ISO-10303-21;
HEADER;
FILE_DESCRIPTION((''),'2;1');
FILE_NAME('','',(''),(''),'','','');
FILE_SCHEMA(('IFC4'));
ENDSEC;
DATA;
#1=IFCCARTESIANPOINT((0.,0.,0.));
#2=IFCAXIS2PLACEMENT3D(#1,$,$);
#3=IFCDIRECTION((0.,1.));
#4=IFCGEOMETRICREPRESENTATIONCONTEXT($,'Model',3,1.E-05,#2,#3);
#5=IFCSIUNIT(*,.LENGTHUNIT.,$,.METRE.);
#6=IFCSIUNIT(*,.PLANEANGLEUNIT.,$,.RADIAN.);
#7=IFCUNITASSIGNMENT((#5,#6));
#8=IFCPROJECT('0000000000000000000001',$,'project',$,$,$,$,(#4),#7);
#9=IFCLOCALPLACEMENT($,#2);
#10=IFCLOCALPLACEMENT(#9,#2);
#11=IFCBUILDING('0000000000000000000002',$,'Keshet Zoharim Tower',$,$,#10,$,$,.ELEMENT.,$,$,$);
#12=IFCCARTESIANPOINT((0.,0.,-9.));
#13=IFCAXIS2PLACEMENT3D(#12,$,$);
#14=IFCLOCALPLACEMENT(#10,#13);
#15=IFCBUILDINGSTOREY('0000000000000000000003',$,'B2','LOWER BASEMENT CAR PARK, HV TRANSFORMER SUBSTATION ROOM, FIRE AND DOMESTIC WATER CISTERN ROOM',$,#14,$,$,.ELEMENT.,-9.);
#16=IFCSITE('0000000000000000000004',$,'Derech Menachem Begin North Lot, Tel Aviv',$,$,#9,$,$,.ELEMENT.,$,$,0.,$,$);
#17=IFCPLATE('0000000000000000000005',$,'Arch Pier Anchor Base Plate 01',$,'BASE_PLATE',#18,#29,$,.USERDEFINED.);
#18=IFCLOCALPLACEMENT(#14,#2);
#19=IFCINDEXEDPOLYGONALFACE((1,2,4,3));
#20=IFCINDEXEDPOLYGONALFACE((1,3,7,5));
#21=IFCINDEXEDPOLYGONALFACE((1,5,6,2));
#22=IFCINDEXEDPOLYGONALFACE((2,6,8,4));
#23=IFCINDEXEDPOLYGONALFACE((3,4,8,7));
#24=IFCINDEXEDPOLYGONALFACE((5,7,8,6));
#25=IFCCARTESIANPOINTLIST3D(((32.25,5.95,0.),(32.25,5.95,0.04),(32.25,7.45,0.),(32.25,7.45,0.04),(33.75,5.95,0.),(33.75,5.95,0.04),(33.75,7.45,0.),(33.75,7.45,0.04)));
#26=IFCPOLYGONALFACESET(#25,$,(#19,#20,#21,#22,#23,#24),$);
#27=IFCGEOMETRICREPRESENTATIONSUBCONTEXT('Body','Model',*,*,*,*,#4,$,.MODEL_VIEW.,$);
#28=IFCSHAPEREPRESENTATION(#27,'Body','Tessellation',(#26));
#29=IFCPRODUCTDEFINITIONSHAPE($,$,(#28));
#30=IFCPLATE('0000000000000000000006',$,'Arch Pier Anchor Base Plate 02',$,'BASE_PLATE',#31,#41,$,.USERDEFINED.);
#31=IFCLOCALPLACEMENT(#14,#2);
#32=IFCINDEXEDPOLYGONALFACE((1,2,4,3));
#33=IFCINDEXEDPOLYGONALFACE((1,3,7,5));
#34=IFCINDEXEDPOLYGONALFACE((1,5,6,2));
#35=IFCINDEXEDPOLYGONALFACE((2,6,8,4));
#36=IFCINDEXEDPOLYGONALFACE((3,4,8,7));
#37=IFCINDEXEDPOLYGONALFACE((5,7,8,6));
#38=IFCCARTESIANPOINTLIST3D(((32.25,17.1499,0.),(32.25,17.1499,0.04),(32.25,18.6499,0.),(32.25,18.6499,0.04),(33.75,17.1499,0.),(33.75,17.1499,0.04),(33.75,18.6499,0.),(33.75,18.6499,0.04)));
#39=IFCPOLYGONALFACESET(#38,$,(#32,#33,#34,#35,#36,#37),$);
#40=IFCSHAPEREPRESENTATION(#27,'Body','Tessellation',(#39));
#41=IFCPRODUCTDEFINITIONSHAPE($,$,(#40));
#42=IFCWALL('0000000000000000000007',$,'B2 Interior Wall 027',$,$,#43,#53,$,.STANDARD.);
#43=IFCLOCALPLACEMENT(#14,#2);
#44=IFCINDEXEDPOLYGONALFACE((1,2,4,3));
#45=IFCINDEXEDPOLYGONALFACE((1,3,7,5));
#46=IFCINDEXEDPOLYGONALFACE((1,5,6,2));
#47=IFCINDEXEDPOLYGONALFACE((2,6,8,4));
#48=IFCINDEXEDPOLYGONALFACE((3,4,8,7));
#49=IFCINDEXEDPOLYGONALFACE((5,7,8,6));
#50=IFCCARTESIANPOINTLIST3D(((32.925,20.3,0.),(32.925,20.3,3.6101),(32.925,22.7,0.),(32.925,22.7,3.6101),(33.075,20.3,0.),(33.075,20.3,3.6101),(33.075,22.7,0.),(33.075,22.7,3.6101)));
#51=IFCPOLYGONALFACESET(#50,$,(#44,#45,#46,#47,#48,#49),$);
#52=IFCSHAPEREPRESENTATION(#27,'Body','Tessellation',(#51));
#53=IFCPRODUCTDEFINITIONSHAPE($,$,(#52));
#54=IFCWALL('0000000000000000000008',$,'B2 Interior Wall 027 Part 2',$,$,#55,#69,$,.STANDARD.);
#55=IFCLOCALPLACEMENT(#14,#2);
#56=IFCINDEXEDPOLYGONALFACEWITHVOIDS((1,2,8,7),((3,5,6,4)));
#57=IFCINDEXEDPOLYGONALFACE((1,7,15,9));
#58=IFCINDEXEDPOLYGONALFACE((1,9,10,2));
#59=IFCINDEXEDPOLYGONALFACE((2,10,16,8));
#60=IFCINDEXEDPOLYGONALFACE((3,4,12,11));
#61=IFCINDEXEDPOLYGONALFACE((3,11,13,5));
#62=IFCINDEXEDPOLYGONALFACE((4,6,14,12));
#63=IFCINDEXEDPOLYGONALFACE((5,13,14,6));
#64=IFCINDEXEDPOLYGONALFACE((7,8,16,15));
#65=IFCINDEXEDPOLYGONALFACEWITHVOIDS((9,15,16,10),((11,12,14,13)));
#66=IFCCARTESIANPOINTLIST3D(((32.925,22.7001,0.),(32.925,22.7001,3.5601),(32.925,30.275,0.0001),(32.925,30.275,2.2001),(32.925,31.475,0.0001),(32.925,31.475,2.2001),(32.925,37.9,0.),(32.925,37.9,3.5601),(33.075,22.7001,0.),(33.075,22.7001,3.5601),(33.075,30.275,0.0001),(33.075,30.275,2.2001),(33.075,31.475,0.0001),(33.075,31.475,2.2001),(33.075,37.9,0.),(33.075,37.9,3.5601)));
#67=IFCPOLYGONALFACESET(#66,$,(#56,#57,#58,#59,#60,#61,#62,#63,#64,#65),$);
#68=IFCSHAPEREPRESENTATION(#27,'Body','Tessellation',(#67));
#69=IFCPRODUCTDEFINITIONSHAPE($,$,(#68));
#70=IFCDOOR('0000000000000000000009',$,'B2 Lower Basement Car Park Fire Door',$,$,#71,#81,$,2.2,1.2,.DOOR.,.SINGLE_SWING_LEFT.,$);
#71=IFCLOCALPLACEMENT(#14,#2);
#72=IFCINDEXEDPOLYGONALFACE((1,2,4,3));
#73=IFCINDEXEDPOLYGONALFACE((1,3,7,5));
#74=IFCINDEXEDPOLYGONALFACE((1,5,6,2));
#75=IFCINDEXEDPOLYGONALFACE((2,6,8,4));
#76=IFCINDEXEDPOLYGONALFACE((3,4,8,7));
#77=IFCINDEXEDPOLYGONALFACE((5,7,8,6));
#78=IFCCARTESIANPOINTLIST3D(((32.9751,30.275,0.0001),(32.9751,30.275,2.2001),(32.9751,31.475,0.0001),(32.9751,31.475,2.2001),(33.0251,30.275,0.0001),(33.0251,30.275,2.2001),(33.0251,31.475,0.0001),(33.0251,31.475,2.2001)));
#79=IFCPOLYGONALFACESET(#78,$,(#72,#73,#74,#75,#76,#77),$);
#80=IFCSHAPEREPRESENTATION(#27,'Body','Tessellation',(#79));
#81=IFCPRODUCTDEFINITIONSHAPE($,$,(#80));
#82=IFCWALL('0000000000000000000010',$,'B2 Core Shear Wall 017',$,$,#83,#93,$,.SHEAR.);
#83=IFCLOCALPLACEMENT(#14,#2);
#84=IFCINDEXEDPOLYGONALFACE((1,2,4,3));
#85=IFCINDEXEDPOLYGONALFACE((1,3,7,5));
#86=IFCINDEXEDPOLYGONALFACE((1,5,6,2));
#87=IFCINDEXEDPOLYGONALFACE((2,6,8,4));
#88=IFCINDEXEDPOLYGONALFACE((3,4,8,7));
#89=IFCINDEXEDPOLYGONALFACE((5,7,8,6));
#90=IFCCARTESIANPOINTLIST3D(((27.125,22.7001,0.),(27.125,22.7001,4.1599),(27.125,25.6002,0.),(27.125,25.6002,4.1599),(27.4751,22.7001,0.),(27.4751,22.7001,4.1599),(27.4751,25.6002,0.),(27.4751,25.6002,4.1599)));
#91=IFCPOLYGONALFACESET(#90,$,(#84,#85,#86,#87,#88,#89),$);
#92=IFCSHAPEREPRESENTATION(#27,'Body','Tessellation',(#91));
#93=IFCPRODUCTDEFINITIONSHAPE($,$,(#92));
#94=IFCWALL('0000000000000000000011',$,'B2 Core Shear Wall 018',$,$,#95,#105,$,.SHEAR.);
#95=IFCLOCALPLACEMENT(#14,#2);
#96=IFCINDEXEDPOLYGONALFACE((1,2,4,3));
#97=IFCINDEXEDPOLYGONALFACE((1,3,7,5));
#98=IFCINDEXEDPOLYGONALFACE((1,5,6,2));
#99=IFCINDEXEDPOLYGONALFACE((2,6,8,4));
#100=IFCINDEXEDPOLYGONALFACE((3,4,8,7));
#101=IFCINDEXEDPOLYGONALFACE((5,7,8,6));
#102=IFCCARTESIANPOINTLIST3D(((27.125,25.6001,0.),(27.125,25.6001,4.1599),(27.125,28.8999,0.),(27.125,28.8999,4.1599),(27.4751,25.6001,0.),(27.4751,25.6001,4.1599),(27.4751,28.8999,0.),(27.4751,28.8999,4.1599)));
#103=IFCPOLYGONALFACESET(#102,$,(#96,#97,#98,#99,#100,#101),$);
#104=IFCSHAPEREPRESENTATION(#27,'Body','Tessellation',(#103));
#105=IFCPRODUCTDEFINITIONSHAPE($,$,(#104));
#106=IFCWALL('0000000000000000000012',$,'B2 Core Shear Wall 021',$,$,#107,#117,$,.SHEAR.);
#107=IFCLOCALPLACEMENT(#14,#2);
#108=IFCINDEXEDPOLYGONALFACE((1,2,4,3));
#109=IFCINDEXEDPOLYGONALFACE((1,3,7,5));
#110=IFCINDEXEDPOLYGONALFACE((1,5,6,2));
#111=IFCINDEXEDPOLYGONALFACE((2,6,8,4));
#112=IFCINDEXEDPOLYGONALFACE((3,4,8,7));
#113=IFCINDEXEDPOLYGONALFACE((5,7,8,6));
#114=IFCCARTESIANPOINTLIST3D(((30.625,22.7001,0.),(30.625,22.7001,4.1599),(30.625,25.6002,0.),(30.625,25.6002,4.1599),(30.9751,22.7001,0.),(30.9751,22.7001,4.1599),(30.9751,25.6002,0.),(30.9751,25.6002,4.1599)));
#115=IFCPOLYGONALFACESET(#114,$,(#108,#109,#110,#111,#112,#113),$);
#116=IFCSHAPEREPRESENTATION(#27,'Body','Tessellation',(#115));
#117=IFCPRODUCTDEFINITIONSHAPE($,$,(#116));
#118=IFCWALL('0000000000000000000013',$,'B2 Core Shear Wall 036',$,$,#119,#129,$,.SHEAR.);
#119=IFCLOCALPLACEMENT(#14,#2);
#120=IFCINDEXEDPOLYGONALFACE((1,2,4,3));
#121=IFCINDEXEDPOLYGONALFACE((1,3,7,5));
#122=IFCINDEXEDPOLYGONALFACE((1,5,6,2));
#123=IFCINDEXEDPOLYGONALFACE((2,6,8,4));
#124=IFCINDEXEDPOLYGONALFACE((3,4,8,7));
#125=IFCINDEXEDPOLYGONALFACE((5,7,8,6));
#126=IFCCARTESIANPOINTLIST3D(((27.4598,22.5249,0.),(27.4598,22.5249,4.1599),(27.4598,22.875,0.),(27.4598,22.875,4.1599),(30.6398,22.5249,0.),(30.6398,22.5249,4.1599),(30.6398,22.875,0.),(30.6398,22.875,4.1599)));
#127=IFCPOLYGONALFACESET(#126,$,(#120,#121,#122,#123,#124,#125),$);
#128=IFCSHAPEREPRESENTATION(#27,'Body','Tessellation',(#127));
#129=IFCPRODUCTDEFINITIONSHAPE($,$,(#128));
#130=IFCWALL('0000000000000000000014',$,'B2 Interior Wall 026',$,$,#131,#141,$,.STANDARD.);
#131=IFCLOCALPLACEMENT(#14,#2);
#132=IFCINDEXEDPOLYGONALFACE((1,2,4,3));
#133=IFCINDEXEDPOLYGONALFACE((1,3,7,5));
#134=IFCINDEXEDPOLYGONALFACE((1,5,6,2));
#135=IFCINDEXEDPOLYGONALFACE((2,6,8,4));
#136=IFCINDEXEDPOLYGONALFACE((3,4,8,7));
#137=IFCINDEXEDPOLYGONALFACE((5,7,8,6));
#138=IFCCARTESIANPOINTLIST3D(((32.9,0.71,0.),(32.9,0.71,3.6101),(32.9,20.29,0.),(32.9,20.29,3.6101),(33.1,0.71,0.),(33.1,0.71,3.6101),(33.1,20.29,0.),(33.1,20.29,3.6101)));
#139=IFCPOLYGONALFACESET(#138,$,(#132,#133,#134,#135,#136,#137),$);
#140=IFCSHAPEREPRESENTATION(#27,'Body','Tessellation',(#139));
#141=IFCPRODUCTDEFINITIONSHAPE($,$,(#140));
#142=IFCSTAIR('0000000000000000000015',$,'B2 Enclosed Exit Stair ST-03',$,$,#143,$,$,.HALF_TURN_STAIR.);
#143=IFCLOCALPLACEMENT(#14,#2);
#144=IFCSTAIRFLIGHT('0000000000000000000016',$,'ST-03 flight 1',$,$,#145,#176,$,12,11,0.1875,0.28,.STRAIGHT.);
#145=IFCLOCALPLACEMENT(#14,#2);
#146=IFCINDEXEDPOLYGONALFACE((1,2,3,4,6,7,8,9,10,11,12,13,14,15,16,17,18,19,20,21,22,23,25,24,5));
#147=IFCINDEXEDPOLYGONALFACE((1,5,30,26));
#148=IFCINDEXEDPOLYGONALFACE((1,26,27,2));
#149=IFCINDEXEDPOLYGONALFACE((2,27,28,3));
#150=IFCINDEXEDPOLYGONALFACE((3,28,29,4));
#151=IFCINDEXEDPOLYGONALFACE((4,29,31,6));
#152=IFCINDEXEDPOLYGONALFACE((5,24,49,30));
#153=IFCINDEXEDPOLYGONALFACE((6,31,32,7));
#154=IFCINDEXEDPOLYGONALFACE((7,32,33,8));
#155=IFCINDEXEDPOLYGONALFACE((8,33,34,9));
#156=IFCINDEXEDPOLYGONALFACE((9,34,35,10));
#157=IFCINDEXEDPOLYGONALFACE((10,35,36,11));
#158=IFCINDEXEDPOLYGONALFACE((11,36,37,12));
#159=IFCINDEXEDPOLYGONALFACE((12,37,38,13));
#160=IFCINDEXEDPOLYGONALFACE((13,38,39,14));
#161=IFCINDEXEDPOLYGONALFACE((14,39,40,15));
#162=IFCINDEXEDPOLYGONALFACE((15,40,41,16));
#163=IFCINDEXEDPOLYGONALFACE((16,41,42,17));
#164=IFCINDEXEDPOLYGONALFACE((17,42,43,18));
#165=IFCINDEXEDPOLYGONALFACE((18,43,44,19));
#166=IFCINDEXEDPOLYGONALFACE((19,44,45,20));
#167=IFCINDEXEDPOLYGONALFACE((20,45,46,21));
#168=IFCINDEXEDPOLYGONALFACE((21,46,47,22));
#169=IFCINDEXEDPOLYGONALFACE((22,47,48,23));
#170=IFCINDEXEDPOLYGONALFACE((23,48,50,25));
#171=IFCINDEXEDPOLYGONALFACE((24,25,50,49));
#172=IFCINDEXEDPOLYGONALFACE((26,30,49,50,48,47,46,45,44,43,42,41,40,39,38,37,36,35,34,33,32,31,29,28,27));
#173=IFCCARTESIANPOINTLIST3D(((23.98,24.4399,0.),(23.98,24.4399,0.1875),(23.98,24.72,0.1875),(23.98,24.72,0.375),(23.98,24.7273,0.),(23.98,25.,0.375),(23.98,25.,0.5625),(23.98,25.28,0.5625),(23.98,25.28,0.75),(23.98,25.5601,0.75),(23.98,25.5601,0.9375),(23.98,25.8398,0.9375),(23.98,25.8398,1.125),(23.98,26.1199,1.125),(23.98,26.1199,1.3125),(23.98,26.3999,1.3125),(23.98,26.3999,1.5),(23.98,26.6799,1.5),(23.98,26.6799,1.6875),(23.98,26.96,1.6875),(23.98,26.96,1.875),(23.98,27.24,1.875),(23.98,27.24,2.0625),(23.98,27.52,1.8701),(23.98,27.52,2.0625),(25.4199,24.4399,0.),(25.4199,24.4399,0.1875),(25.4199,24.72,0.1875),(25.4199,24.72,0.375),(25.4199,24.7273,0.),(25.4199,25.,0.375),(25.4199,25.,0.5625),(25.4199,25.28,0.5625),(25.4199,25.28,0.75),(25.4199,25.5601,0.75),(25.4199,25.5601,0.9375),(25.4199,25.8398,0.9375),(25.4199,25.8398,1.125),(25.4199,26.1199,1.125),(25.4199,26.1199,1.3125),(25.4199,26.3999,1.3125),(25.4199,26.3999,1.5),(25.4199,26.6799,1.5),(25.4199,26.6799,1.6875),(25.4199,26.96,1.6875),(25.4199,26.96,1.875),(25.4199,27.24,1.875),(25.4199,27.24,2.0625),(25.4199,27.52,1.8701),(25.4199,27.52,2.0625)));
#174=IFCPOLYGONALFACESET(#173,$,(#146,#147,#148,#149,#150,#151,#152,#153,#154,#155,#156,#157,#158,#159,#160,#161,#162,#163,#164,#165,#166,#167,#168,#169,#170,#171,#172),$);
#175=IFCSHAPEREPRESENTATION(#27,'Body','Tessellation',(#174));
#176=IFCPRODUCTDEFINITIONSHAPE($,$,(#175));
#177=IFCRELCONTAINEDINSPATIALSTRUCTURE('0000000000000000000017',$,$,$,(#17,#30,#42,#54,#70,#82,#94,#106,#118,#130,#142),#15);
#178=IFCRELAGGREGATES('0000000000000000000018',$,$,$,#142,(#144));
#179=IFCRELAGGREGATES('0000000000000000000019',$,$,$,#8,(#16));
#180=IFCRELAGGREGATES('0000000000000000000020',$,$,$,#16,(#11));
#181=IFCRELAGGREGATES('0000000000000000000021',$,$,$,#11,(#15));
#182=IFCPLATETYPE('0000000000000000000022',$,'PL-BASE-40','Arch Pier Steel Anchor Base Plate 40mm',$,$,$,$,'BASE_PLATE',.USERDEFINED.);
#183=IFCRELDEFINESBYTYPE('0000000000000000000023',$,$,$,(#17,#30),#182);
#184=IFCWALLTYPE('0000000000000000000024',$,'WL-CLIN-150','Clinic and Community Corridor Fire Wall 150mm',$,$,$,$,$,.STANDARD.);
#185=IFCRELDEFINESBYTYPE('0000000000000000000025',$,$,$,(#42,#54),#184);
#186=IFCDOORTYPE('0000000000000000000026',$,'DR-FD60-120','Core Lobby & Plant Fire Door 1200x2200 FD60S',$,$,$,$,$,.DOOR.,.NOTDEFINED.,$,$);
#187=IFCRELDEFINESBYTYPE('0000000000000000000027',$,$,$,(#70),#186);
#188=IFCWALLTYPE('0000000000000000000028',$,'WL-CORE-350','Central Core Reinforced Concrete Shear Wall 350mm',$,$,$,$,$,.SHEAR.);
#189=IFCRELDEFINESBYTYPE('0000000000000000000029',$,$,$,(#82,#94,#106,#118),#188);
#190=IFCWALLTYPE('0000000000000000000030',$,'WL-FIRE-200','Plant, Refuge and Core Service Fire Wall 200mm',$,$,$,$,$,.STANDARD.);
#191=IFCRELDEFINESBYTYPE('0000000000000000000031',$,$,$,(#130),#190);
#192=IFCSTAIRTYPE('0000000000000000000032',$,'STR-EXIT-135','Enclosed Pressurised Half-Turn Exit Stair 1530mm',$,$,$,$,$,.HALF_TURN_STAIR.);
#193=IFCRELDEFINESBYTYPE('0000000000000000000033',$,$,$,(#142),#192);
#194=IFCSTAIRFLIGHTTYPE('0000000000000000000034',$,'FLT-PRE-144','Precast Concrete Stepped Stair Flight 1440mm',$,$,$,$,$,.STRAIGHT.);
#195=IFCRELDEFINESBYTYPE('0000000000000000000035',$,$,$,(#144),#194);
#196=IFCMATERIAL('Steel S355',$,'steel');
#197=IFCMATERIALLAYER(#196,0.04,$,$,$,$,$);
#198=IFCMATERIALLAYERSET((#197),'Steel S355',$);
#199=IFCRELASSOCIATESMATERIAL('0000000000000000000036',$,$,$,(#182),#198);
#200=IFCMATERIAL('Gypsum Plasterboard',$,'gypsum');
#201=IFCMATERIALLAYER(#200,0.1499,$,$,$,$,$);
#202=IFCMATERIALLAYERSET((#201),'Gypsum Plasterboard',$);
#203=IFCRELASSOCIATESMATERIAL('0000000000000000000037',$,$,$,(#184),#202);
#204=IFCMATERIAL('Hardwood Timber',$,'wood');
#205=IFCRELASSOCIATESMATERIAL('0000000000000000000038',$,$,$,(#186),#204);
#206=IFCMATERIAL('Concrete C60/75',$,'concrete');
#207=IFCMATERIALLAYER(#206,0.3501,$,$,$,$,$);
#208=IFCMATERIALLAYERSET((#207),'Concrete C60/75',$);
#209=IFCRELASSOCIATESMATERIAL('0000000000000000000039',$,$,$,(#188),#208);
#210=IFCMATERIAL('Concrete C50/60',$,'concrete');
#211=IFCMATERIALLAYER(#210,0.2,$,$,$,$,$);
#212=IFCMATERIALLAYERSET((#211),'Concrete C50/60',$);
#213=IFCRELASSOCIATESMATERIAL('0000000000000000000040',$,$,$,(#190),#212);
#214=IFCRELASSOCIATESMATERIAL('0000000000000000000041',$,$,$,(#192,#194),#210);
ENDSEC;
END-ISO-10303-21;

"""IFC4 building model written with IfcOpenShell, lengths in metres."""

from ifc_helpers import new_model, si_unit, direction, frame, frame_2d, origin, origin_2d, place, context, subcontext, project, spatial, polyline, rectangle, outline, extrude, material, layer, layer_set, type_object, element, fill, aggregate, save


model = new_model("IFC4")

# Units and contexts
model_context = context("Model", 3, precision=1e-05, world=origin(), true_north=direction((0.0, 1.0)))
body_context = subcontext(model_context, "Body", "Model", "MODEL_VIEW")
ifc_project = project(units=[si_unit("LENGTHUNIT", "METRE"), si_unit("PLANEANGLEUNIT", "RADIAN")], contexts=[model_context])

# Site, building, storey
site_placement = place(None, origin())
site = spatial("IfcSite", under=ifc_project, at=site_placement, Name="Derech Menachem Begin North Lot, Tel Aviv", CompositionType="ELEMENT", RefElevation=0.0)
building_placement = place(site_placement, origin())
building = spatial("IfcBuilding", under=site, at=building_placement, Name="Keshet Zoharim Tower", CompositionType="ELEMENT")
storey_placement = place(building_placement, frame((0.0, 0.0, -9.0)))
storey = spatial("IfcBuildingStorey", under=building, at=storey_placement, Name="B2", Description="LOWER BASEMENT CAR PARK, HV TRANSFORMER SUBSTATION ROOM, FIRE AND DOMESTIC WATER CISTERN ROOM", CompositionType="ELEMENT", Elevation=-9.0)

# Shared definitions
ifc_material_1 = material(Name="Concrete C50/60", Category="concrete")

# Shared definitions
ifc_material_2 = material(Name="Concrete C60/75", Category="concrete")

# Shared definitions
ifc_material_3 = material(Name="Steel S355", Category="steel")

# Plates
ifc_layer_1 = layer(ifc_material_3, 0.04)
ifc_layer_set_1 = layer_set([ifc_layer_1], Name="Steel S355")
plate_type = type_object("IfcPlateType", Name="PL-BASE-40", Description="Arch Pier Steel Anchor Base Plate 40mm", ElementType="BASE_PLATE", PredefinedType="USERDEFINED", material=ifc_layer_set_1)
for number, where, z_axis, x_axis, name in (
    (1, (33.0, 6.7, 0.0), (0.0, 0.0, 1.0), (1.0, 0.0, 0.0), "Arch Pier Anchor Base Plate 01"),
    (2, (33.0, 17.8999, 0.0), (0.0, 0.0, 1.0), (1.0, 0.0, 0.0), "Arch Pier Anchor Base Plate 02"),
):
    element("IfcPlate", number, at=place(storey_placement, frame(where, z_axis=z_axis, x_axis=x_axis)), inside=storey, type_object=plate_type, Name=name, ObjectType="BASE_PLATE", PredefinedType="USERDEFINED", context=body_context, shape_type="SweptSolid", body=[
        extrude(rectangle(XDim=1.5, YDim=1.5, at=origin_2d()), origin(), (0.0, 0.0, 1.0), 0.04),
    ])

# Wall
ifc_material_4 = material(Name="Gypsum Plasterboard", Category="gypsum")
ifc_layer_2 = layer(ifc_material_4, 0.1499)
ifc_layer_set_2 = layer_set([ifc_layer_2], Name="Gypsum Plasterboard")
wall_type_1 = type_object("IfcWallType", Name="WL-CLIN-150", Description="Clinic and Community Corridor Fire Wall 150mm", PredefinedType="STANDARD", material=ifc_layer_set_2)
wall_1_placement = place(storey_placement, frame((33.0, 20.3, 0.0), z_axis=(0.0, 0.0, 1.0), x_axis=(0.0, 1.0, 0.0)))
element("IfcWall", 3, at=wall_1_placement, inside=storey, type_object=wall_type_1, Name="B2 Interior Wall 027", PredefinedType="STANDARD", context=body_context, shape_type="SweptSolid", body=[
    extrude(rectangle(XDim=2.3999, YDim=0.1499, at=frame_2d((1.2, 0.0))), origin(), (0.0, 0.0, 1.0), 3.6101),
])

# Wall, opening, door
wall_2_placement = place(storey_placement, frame((33.0, 22.7, 0.0), z_axis=(0.0, 0.0, 1.0), x_axis=(0.0, 1.0, 0.0)))
wall_2 = element("IfcWall", 4, at=wall_2_placement, inside=storey, type_object=wall_type_1, Name="B2 Interior Wall 027 Part 2", PredefinedType="STANDARD", context=body_context, shape_type="SweptSolid", body=[
    extrude(rectangle(XDim=15.2, YDim=0.1499, at=frame_2d((7.6001, 0.0))), origin(), (0.0, 0.0, 1.0), 3.5601),
])
opening_placement = place(wall_2_placement, frame((7.575, 0.0, 0.0)))
opening = element("IfcOpeningElement", 5, at=opening_placement, cuts=wall_2, PredefinedType="OPENING", context=body_context, shape_type="SweptSolid", body=[
    extrude(rectangle(XDim=1.2, YDim=2.2, at=frame_2d((0.6001, 1.1001))), frame((0.0, 0.085, 0.0), z_axis=(0.0, -1.0, 0.0), x_axis=(1.0, 0.0, 0.0)), (0.0, 0.0, 1.0), 0.1699),
])
ifc_material_5 = material(Name="Hardwood Timber", Category="wood")
door_type = type_object("IfcDoorType", Name="DR-FD60-120", Description="Core Lobby & Plant Fire Door 1200x2200 FD60S", OperationType="NOTDEFINED", PredefinedType="DOOR", material=ifc_material_5)
door_placement = place(opening_placement, origin())
door = element("IfcDoor", 6, at=door_placement, inside=storey, type_object=door_type, Name="B2 Lower Basement Car Park Fire Door", OperationType="SINGLE_SWING_LEFT", OverallHeight=2.2, OverallWidth=1.2, PredefinedType="DOOR", context=body_context, shape_type="SweptSolid", body=[
    extrude(rectangle(XDim=1.2, YDim=2.2, at=frame_2d((0.6001, 1.1001))), frame((0.0, 0.0249, 0.0), z_axis=(0.0, -1.0, 0.0), x_axis=(1.0, 0.0, 0.0)), (0.0, 0.0, 1.0), 0.05),
])
fill(opening, door)

# Walls
ifc_layer_3 = layer(ifc_material_2, 0.3501)
ifc_layer_set_3 = layer_set([ifc_layer_3], Name="Concrete C60/75")
wall_type_2 = type_object("IfcWallType", Name="WL-CORE-350", Description="Central Core Reinforced Concrete Shear Wall 350mm", PredefinedType="SHEAR", material=ifc_layer_set_3)
wall_3_placement = place(storey_placement, frame((27.3, 22.7, 0.0), z_axis=(0.0, 0.0, 1.0), x_axis=(0.0, 1.0, 0.0)))
element("IfcWall", 7, at=wall_3_placement, inside=storey, type_object=wall_type_2, Name="B2 Core Shear Wall 017", PredefinedType="SHEAR", context=body_context, shape_type="SweptSolid", body=[
    extrude(rectangle(XDim=2.9001, YDim=0.3501, at=frame_2d((1.4502, 0.0))), origin(), (0.0, 0.0, 1.0), 4.1599),
])
wall_4_placement = place(storey_placement, frame((27.3, 25.6001, 0.0), z_axis=(0.0, 0.0, 1.0), x_axis=(0.0, 1.0, 0.0)))
element("IfcWall", 8, at=wall_4_placement, inside=storey, type_object=wall_type_2, Name="B2 Core Shear Wall 018", PredefinedType="SHEAR", context=body_context, shape_type="SweptSolid", body=[
    extrude(rectangle(XDim=3.2998, YDim=0.3501, at=frame_2d((1.6499, 0.0))), origin(), (0.0, 0.0, 1.0), 4.1599),
])
wall_5_placement = place(storey_placement, frame((30.8, 22.7, 0.0), z_axis=(0.0, 0.0, 1.0), x_axis=(0.0, 1.0, 0.0)))
element("IfcWall", 9, at=wall_5_placement, inside=storey, type_object=wall_type_2, Name="B2 Core Shear Wall 021", PredefinedType="SHEAR", context=body_context, shape_type="SweptSolid", body=[
    extrude(rectangle(XDim=2.9001, YDim=0.3501, at=frame_2d((1.4502, 0.0))), origin(), (0.0, 0.0, 1.0), 4.1599),
])
wall_6_placement = place(storey_placement, frame((27.46, 22.7, 0.0), z_axis=(0.0, 0.0, 1.0), x_axis=(1.0, 0.0, 0.0)))
element("IfcWall", 10, at=wall_6_placement, inside=storey, type_object=wall_type_2, Name="B2 Core Shear Wall 036", PredefinedType="SHEAR", context=body_context, shape_type="SweptSolid", body=[
    extrude(rectangle(XDim=3.1799, YDim=0.3501, at=frame_2d((1.5898, 0.0))), origin(), (0.0, 0.0, 1.0), 4.1599),
])
ifc_layer_4 = layer(ifc_material_1, 0.2)
ifc_layer_set_4 = layer_set([ifc_layer_4], Name="Concrete C50/60")
wall_type_3 = type_object("IfcWallType", Name="WL-FIRE-200", Description="Plant, Refuge and Core Service Fire Wall 200mm", PredefinedType="STANDARD", material=ifc_layer_set_4)
wall_7_placement = place(storey_placement, frame((33.0, 0.71, 0.0), z_axis=(0.0, 0.0, 1.0), x_axis=(0.0, 1.0, 0.0)))
element("IfcWall", 11, at=wall_7_placement, inside=storey, type_object=wall_type_3, Name="B2 Interior Wall 026", PredefinedType="STANDARD", context=body_context, shape_type="SweptSolid", body=[
    extrude(rectangle(XDim=19.5801, YDim=0.2, at=frame_2d((9.79, 0.0))), origin(), (0.0, 0.0, 1.0), 3.6101),
])

# Stair, stair flight
stair_type = type_object("IfcStairType", Name="STR-EXIT-135", Description="Enclosed Pressurised Half-Turn Exit Stair 1530mm", PredefinedType="HALF_TURN_STAIR", material=ifc_material_1)
stair_placement = place(storey_placement, origin())
stair = element("IfcStair", 12, at=stair_placement, inside=storey, type_object=stair_type, Name="B2 Enclosed Exit Stair ST-03", PredefinedType="HALF_TURN_STAIR")
stair_flight_type = type_object("IfcStairFlightType", Name="FLT-PRE-144", Description="Precast Concrete Stepped Stair Flight 1440mm", PredefinedType="STRAIGHT", material=ifc_material_1)
stair_flight_placement = place(storey_placement, frame((24.7, 24.4399, 0.0), z_axis=(0.0, 0.0, 1.0), x_axis=(0.0, 1.0, 0.0)))
stair_flight = element("IfcStairFlight", 13, at=stair_flight_placement, type_object=stair_flight_type, Name="ST-03 flight 1", NumberOfRisers=12, NumberOfTreads=11, PredefinedType="STRAIGHT", RiserHeight=0.1875, TreadLength=0.28, context=body_context, shape_type="SweptSolid", body=[
    extrude(outline(polyline([(0.0, 0.0), (0.0, 0.1875), (0.28, 0.1875), (0.28, 0.375), (0.5601, 0.375), (0.5601, 0.5625), (0.8401, 0.5625), (0.8401, 0.75), (1.1201, 0.75), (1.1201, 0.9375), (1.3999, 0.9375), (1.3999, 1.125), (1.6799, 1.125), (1.6799, 1.3125), (1.96, 1.3125), (1.96, 1.5), (2.24, 1.5), (2.24, 1.6875), (2.52, 1.6875), (2.52, 1.875), (2.8, 1.875), (2.8, 2.0625), (3.0801, 2.0625), (3.0801, 2.25), (3.0801, 1.8701), (0.2874, 0.0), (0.0, 0.0)])), frame((0.0, 0.72, 0.0), z_axis=(0.0, -1.0, 0.0), x_axis=(1.0, 0.0, 0.0)), (0.0, 0.0, 1.0), 1.4399),
])
aggregate(stair, [stair_flight])

save(model, "model.ifc")
